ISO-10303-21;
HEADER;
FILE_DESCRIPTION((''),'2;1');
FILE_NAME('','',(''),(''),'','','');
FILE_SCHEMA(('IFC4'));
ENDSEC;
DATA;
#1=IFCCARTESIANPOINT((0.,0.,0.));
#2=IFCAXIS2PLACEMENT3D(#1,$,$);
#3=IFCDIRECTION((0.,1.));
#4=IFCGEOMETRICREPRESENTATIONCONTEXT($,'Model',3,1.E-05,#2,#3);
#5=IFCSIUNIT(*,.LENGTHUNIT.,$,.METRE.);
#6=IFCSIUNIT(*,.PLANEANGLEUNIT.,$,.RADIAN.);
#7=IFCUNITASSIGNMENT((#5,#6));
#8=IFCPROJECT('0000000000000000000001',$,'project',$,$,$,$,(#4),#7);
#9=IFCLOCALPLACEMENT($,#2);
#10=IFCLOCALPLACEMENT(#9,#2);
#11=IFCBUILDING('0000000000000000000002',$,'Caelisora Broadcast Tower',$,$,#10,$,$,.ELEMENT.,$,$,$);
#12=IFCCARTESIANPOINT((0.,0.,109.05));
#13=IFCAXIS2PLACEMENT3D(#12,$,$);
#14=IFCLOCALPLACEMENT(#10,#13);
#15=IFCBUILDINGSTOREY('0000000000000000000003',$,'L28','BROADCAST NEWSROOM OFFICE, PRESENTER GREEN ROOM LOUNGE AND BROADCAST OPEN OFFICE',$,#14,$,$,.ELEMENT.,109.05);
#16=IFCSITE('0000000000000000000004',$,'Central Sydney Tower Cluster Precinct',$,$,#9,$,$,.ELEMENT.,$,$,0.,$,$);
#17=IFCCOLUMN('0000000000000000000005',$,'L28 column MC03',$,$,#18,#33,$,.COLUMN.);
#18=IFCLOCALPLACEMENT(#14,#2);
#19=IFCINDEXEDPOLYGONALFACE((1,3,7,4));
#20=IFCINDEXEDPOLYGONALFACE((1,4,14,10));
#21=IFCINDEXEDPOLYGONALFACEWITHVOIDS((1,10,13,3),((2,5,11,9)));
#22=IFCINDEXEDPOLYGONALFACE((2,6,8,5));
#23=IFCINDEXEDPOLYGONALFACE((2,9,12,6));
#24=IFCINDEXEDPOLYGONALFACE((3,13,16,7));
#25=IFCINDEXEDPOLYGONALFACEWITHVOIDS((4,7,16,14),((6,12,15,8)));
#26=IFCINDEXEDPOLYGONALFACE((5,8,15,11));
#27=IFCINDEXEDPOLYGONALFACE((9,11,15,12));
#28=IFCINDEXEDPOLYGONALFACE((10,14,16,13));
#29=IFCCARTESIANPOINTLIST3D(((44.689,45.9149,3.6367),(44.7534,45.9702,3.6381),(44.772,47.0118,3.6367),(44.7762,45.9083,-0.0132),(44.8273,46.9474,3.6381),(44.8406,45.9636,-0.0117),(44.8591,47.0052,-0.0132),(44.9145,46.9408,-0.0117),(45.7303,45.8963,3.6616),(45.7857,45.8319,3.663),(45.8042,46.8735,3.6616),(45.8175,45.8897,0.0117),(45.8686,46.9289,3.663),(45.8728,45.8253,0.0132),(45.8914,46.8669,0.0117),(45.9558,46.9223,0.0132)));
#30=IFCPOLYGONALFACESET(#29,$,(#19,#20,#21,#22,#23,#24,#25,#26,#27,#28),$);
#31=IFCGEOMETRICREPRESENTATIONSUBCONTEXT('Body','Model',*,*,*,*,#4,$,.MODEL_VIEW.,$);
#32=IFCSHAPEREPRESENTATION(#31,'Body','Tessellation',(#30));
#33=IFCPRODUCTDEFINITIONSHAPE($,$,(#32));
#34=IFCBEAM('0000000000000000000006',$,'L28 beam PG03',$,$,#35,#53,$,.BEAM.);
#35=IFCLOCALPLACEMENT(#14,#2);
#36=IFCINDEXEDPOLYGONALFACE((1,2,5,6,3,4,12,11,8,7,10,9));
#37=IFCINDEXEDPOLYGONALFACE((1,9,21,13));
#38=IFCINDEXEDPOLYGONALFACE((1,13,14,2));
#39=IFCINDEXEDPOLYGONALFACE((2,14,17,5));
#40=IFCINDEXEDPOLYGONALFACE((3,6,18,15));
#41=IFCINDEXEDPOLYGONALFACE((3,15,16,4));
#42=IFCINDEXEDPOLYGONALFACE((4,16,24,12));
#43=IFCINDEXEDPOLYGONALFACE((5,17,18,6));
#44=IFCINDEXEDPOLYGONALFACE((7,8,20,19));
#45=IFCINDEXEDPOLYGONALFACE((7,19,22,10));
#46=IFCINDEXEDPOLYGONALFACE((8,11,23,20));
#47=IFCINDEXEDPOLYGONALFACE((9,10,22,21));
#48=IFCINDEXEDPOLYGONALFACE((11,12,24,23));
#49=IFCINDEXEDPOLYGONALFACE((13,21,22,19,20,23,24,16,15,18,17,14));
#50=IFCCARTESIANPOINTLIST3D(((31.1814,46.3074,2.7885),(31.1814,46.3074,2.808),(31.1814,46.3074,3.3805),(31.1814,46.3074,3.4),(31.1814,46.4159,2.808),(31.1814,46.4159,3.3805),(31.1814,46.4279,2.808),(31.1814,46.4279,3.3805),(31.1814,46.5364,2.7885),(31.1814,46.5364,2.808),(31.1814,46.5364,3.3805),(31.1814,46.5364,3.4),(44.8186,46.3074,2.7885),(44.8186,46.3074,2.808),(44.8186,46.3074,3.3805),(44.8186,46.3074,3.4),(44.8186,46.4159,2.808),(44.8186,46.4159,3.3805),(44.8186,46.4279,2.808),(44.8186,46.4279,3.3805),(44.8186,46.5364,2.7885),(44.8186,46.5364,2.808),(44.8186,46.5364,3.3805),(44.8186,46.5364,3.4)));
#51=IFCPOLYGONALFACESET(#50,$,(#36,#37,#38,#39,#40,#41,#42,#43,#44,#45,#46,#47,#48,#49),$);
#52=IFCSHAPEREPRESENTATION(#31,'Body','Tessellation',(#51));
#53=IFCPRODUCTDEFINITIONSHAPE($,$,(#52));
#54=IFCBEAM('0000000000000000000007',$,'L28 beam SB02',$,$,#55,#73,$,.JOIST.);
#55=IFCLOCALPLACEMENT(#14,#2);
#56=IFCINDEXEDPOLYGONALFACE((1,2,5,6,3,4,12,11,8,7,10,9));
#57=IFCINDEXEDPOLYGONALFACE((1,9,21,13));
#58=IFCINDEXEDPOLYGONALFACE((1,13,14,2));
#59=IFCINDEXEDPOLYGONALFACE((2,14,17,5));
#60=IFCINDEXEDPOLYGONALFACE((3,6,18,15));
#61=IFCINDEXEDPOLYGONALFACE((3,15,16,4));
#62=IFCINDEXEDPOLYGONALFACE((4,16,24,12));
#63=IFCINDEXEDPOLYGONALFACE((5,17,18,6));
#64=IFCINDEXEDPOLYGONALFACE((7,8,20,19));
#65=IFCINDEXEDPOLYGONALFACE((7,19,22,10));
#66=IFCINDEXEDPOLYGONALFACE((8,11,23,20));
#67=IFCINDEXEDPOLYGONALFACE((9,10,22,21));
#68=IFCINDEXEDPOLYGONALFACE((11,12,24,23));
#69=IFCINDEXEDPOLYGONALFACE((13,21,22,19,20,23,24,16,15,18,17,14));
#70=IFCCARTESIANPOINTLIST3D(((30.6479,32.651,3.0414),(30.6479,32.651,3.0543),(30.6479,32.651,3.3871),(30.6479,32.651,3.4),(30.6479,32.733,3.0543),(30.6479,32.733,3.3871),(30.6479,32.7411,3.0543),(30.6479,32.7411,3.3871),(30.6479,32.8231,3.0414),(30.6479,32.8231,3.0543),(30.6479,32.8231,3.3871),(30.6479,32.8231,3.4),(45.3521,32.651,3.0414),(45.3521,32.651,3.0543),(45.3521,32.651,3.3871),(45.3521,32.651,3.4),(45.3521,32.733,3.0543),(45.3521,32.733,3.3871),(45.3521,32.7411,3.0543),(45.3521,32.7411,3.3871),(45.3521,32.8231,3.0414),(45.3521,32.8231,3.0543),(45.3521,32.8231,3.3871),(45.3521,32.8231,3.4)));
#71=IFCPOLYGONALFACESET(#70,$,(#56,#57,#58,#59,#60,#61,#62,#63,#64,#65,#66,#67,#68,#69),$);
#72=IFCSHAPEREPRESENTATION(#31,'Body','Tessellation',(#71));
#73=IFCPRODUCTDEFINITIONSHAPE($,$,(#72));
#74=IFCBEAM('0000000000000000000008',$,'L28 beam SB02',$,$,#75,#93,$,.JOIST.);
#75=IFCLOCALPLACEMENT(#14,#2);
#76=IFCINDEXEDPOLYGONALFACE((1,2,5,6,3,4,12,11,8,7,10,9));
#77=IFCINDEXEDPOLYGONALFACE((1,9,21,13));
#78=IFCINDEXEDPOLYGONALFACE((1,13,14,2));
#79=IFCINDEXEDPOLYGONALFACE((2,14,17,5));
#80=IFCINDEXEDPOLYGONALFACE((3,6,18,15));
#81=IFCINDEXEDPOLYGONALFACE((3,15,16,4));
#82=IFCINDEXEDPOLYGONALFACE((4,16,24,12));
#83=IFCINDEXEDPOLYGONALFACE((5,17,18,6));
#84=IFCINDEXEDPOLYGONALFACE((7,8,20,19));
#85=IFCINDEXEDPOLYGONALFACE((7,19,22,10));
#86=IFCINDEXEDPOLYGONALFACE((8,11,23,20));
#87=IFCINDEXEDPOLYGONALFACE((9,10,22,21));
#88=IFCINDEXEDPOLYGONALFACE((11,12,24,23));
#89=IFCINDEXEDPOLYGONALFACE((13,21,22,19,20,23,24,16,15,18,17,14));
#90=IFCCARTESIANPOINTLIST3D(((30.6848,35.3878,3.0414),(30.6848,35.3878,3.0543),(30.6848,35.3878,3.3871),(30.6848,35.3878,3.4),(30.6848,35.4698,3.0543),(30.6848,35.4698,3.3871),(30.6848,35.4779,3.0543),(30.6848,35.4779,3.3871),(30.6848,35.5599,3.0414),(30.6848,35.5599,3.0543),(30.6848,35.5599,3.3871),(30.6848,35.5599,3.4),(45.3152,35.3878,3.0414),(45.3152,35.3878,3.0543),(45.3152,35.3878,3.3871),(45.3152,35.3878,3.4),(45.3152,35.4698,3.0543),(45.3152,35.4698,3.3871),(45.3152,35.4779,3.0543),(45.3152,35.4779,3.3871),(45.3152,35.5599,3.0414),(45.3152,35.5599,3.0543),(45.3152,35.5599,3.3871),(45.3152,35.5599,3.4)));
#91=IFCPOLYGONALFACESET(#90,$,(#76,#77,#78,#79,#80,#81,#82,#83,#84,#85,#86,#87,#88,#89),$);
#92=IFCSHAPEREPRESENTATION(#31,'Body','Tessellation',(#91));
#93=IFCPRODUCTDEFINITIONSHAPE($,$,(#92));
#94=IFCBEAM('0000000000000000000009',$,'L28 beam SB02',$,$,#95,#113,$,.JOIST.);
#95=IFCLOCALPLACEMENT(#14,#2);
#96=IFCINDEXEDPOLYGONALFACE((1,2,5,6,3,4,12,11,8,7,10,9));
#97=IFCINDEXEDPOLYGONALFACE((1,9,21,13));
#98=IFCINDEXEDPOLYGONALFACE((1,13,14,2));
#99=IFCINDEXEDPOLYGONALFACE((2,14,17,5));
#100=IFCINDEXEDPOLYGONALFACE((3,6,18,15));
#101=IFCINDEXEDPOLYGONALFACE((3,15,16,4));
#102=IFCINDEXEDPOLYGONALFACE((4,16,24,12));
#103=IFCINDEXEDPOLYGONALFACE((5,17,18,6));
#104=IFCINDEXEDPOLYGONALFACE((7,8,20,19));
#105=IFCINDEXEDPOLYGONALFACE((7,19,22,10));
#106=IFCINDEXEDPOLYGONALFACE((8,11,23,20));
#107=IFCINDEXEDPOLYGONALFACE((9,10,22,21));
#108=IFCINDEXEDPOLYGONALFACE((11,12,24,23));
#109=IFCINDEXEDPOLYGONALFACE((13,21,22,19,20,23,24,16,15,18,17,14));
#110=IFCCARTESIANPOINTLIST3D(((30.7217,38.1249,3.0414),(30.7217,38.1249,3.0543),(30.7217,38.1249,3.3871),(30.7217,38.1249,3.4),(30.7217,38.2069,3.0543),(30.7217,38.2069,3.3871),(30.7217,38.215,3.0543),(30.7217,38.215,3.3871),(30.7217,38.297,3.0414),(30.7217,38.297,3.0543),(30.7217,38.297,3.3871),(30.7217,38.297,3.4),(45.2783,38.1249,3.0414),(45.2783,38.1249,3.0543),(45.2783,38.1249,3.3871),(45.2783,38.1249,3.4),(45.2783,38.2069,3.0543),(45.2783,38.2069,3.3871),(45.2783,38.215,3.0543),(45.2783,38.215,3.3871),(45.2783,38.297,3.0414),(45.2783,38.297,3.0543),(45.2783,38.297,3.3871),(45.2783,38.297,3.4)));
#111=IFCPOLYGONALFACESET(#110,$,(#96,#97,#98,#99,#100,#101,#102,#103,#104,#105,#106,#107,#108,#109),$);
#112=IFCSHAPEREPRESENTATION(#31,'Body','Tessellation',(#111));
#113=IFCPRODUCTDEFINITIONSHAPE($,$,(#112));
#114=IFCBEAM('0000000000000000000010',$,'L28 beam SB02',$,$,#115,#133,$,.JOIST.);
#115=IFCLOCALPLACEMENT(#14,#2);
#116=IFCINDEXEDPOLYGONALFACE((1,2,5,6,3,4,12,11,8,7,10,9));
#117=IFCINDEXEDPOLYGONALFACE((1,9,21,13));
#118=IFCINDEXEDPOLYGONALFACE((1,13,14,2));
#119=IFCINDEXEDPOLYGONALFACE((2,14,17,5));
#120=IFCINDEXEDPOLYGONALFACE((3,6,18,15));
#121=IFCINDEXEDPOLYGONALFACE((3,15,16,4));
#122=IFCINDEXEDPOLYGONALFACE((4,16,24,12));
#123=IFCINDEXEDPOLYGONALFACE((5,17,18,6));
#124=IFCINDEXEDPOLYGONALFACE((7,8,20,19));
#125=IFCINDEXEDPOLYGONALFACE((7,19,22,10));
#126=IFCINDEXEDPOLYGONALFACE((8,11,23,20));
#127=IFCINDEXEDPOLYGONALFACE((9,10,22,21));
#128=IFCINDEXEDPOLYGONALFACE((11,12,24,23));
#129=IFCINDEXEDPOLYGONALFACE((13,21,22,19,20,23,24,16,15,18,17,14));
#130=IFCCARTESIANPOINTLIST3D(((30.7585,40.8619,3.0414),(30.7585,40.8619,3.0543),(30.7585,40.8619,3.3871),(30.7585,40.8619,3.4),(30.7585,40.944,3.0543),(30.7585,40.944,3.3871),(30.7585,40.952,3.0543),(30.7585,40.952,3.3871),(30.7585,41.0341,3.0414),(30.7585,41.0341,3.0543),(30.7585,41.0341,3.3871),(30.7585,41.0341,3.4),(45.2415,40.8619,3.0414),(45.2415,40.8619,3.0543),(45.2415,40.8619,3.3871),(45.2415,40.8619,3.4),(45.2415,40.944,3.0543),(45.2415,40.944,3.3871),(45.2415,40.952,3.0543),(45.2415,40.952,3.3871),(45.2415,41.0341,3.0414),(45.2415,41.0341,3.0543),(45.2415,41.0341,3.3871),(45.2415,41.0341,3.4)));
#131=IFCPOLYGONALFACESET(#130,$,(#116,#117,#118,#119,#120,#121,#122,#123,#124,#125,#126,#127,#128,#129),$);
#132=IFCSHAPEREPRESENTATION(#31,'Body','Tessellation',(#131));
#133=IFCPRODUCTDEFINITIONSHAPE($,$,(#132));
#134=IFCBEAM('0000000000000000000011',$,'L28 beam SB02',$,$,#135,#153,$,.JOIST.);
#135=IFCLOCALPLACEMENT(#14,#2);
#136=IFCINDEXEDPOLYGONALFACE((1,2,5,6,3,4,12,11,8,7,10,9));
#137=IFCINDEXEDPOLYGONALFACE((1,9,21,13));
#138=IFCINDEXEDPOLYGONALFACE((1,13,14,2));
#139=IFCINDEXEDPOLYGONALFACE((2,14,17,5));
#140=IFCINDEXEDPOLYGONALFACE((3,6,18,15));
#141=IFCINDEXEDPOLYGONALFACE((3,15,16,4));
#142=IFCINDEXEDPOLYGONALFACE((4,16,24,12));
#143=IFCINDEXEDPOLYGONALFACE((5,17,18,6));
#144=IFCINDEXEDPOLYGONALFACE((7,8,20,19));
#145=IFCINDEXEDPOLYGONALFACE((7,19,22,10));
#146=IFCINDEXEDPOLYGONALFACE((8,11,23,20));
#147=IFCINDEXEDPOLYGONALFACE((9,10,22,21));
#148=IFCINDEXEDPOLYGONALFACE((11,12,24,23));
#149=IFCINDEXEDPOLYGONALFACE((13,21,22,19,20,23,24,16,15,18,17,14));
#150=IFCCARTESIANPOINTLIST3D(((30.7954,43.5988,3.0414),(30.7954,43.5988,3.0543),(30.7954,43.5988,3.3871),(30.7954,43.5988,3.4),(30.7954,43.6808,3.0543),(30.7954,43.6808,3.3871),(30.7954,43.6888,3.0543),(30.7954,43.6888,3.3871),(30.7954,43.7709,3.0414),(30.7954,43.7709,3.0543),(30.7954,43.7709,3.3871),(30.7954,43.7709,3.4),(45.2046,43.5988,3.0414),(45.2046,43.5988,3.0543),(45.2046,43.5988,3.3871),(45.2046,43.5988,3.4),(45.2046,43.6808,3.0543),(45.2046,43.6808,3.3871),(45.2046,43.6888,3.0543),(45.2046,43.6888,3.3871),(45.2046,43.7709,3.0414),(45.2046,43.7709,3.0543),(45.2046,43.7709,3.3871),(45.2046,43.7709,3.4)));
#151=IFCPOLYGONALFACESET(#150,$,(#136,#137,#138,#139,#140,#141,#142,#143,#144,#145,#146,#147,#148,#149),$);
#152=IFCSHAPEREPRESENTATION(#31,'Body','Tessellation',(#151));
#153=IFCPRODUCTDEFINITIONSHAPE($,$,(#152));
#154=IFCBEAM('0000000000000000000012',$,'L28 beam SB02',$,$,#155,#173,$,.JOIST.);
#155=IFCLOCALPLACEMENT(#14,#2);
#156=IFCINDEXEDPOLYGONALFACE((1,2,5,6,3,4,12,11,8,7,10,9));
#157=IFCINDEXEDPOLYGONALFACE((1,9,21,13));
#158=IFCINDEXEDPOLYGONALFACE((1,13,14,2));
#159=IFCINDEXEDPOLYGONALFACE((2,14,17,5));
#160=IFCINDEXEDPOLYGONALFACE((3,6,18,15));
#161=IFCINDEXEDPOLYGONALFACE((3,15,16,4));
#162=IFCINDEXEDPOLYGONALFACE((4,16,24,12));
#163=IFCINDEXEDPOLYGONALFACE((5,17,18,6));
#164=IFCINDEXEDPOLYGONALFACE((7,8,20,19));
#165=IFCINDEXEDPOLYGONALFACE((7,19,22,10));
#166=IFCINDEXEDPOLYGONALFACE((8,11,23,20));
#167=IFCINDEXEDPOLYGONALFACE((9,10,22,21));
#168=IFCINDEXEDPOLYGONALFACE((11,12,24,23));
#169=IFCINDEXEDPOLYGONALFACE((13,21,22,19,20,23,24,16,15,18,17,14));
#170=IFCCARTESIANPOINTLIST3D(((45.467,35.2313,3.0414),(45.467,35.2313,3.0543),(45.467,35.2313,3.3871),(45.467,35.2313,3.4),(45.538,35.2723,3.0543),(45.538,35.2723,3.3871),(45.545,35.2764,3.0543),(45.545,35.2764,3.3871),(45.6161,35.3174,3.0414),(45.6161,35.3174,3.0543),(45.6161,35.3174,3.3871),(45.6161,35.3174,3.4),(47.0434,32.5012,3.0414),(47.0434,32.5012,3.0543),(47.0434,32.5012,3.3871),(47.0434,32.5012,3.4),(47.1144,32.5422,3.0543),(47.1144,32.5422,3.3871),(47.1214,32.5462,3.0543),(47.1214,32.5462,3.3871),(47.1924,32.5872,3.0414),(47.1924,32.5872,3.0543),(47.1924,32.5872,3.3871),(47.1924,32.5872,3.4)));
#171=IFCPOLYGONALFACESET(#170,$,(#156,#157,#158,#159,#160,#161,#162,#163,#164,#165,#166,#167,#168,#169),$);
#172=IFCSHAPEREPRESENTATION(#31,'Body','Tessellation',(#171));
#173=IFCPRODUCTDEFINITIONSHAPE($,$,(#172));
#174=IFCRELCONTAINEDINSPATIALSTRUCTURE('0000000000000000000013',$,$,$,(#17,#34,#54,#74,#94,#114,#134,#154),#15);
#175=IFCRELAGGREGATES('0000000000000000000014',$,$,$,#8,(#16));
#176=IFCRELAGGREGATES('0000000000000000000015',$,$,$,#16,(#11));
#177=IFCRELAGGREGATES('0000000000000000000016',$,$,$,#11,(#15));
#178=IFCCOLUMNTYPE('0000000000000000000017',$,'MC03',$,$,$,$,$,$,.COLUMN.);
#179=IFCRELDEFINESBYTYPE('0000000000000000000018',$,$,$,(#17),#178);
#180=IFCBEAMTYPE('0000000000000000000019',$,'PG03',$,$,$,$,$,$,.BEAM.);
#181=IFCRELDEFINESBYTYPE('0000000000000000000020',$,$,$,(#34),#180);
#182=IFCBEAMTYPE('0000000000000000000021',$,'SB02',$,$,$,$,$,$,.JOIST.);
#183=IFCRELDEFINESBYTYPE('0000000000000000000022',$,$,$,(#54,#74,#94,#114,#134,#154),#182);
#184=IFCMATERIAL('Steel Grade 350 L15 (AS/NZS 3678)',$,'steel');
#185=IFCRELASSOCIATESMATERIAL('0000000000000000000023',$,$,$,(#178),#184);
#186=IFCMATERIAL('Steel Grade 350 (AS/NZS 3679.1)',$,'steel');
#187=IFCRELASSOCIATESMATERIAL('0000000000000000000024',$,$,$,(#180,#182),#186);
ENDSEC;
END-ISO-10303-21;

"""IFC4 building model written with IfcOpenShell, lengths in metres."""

from ifc_helpers import new_model, si_unit, direction, frame, origin, origin_2d, place, context, subcontext, project, spatial, hollow_rectangle, i_section, extrude, source, transform, mapped, material, material_profile, profile_set, type_object, type_shapes, element, save


model = new_model("IFC4")

# Units and contexts
model_context = context("Model", 3, precision=1e-05, world=origin(), true_north=direction((0.0, 1.0)))
body_context = subcontext(model_context, "Body", "Model", "MODEL_VIEW")
ifc_project = project(units=[si_unit("LENGTHUNIT", "METRE"), si_unit("PLANEANGLEUNIT", "RADIAN")], contexts=[model_context])

# Site, building, storey
site_placement = place(None, origin())
site = spatial("IfcSite", under=ifc_project, at=site_placement, Name="Central Sydney Tower Cluster Precinct", CompositionType="ELEMENT", RefElevation=0.0)
building_placement = place(site_placement, origin())
building = spatial("IfcBuilding", under=site, at=building_placement, Name="Caelisora Broadcast Tower", CompositionType="ELEMENT")
storey_placement = place(building_placement, frame((0.0, 0.0, 109.05)))
storey = spatial("IfcBuildingStorey", under=building, at=storey_placement, Name="L28", Description="BROADCAST NEWSROOM OFFICE, PRESENTER GREEN ROOM LOUNGE AND BROADCAST OPEN OFFICE", CompositionType="ELEMENT", Elevation=109.05)

# Column
ifc_material_1 = material(Name="Steel Grade 350 L15 (AS/NZS 3678)", Category="steel")
ifc_material_profile_1 = material_profile(ifc_material_1, hollow_rectangle(XDim=1.1001, YDim=1.1001, WallThickness=0.0601, at=origin_2d()), Name="Steel Grade 350 L15 (AS/NZS 3678)")
ifc_profile_set_1 = profile_set([ifc_material_profile_1], Name="Steel Grade 350 L15 (AS/NZS 3678)")
column_type = type_object("IfcColumnType", Name="MC03", PredefinedType="COLUMN", material=ifc_profile_set_1)
shared_shape_1 = source(origin(), body_context, "Body", "SweptSolid", [
    extrude(hollow_rectangle(XDim=1.1001, YDim=1.1001, WallThickness=0.0601, at=origin_2d()), origin(), (0.0, 0.0, 1.0), 3.6509),
])
type_shapes(column_type, [shared_shape_1])
column_placement = place(storey_placement, frame((45.366, 46.4153, 0.0), z_axis=(-0.023873, 0.001806, 0.999713), x_axis=(-0.075415, -0.997152, 0.0)))
element("IfcColumn", 1, at=column_placement, inside=storey, type_object=column_type, Name="L28 column MC03", PredefinedType="COLUMN", context=body_context, shape_type="MappedRepresentation", body=[
    mapped(shared_shape_1, transform((0.0, 0.0, 0.0), scale=1.0)),
])

# Beams
ifc_material_2 = material(Name="Steel Grade 350 (AS/NZS 3679.1)", Category="steel")
ifc_material_profile_2 = material_profile(ifc_material_2, i_section(OverallWidth=0.229, OverallDepth=0.6116, WebThickness=0.012, FlangeThickness=0.0195, at=origin_2d()), Name="Steel Grade 350 (AS/NZS 3679.1)")
ifc_profile_set_2 = profile_set([ifc_material_profile_2], Name="Steel Grade 350 (AS/NZS 3679.1)")
beam_type_1 = type_object("IfcBeamType", Name="PG03", PredefinedType="BEAM", material=ifc_profile_set_2)
shared_shape_2 = source(origin(), body_context, "Body", "SweptSolid", [
    extrude(i_section(OverallWidth=0.229, OverallDepth=0.6116, WebThickness=0.012, FlangeThickness=0.0195, at=origin_2d()), origin(), (0.0, 0.0, 1.0), 13.6372),
])
type_shapes(beam_type_1, [shared_shape_2])
beam_1_placement = place(storey_placement, frame((44.8186, 46.4219, 3.0942), z_axis=(-1.0, 0.0, 0.0), x_axis=(0.0, -1.0, 0.0)))
element("IfcBeam", 2, at=beam_1_placement, inside=storey, type_object=beam_type_1, Name="L28 beam PG03", PredefinedType="BEAM", context=body_context, shape_type="MappedRepresentation", body=[
    mapped(shared_shape_2, transform((0.0, 0.0, 0.0), scale=1.0)),
])
ifc_material_profile_3 = material_profile(ifc_material_2, i_section(OverallWidth=0.1721, OverallDepth=0.3586, WebThickness=0.0081, FlangeThickness=0.0129, at=origin_2d()), Name="Steel Grade 350 (AS/NZS 3679.1)")
ifc_profile_set_3 = profile_set([ifc_material_profile_3], Name="Steel Grade 350 (AS/NZS 3679.1)")
beam_type_2 = type_object("IfcBeamType", Name="SB02", PredefinedType="JOIST", material=ifc_profile_set_3)
shared_shape_3 = source(origin(), body_context, "Body", "SweptSolid", [
    extrude(i_section(OverallWidth=0.1721, OverallDepth=0.3586, WebThickness=0.0081, FlangeThickness=0.0129, at=origin_2d()), origin(), (0.0, 0.0, 1.0), 14.7041),
])
beam_2_placement = place(storey_placement, frame((45.3521, 32.7371, 3.2207), z_axis=(-1.0, 0.0, 0.0), x_axis=(0.0, -1.0, 0.0)))
element("IfcBeam", 3, at=beam_2_placement, inside=storey, type_object=beam_type_2, Name="L28 beam SB02", PredefinedType="JOIST", context=body_context, shape_type="MappedRepresentation", body=[
    mapped(shared_shape_3, transform((0.0, 0.0, 0.0), scale=1.0)),
])
shared_shape_4 = source(origin(), body_context, "Body", "SweptSolid", [
    extrude(i_section(OverallWidth=0.1721, OverallDepth=0.3586, WebThickness=0.0081, FlangeThickness=0.0129, at=origin_2d()), origin(), (0.0, 0.0, 1.0), 14.6304),
])
beam_3_placement = place(storey_placement, frame((45.3152, 35.4739, 3.2207), z_axis=(-1.0, 0.0, 0.0), x_axis=(0.0, -1.0, 0.0)))
element("IfcBeam", 4, at=beam_3_placement, inside=storey, type_object=beam_type_2, Name="L28 beam SB02", PredefinedType="JOIST", context=body_context, shape_type="MappedRepresentation", body=[
    mapped(shared_shape_4, transform((0.0, 0.0, 0.0), scale=1.0)),
])
shared_shape_5 = source(origin(), body_context, "Body", "SweptSolid", [
    extrude(i_section(OverallWidth=0.1721, OverallDepth=0.3586, WebThickness=0.0081, FlangeThickness=0.0129, at=origin_2d()), origin(), (0.0, 0.0, 1.0), 14.5566),
])
beam_4_placement = place(storey_placement, frame((45.2783, 38.2109, 3.2207), z_axis=(-1.0, 0.0, 0.0), x_axis=(0.0, -1.0, 0.0)))
element("IfcBeam", 5, at=beam_4_placement, inside=storey, type_object=beam_type_2, Name="L28 beam SB02", PredefinedType="JOIST", context=body_context, shape_type="MappedRepresentation", body=[
    mapped(shared_shape_5, transform((0.0, 0.0, 0.0), scale=1.0)),
])
shared_shape_6 = source(origin(), body_context, "Body", "SweptSolid", [
    extrude(i_section(OverallWidth=0.1721, OverallDepth=0.3586, WebThickness=0.0081, FlangeThickness=0.0129, at=origin_2d()), origin(), (0.0, 0.0, 1.0), 14.4829),
])
beam_5_placement = place(storey_placement, frame((45.2415, 40.948, 3.2207), z_axis=(-1.0, 0.0, 0.0), x_axis=(0.0, -1.0, 0.0)))
element("IfcBeam", 6, at=beam_5_placement, inside=storey, type_object=beam_type_2, Name="L28 beam SB02", PredefinedType="JOIST", context=body_context, shape_type="MappedRepresentation", body=[
    mapped(shared_shape_6, transform((0.0, 0.0, 0.0), scale=1.0)),
])
shared_shape_7 = source(origin(), body_context, "Body", "SweptSolid", [
    extrude(i_section(OverallWidth=0.1721, OverallDepth=0.3586, WebThickness=0.0081, FlangeThickness=0.0129, at=origin_2d()), origin(), (0.0, 0.0, 1.0), 14.4092),
])
beam_6_placement = place(storey_placement, frame((45.2046, 43.6848, 3.2207), z_axis=(-1.0, 0.0, 0.0), x_axis=(0.0, -1.0, 0.0)))
element("IfcBeam", 7, at=beam_6_placement, inside=storey, type_object=beam_type_2, Name="L28 beam SB02", PredefinedType="JOIST", context=body_context, shape_type="MappedRepresentation", body=[
    mapped(shared_shape_7, transform((0.0, 0.0, 0.0), scale=1.0)),
])
shared_shape_8 = source(origin(), body_context, "Body", "SweptSolid", [
    extrude(i_section(OverallWidth=0.1721, OverallDepth=0.3586, WebThickness=0.0081, FlangeThickness=0.0129, at=origin_2d()), origin(), (0.0, 0.0, 1.0), 3.1526),
])
type_shapes(beam_type_2, [shared_shape_3, shared_shape_4, shared_shape_5, shared_shape_6, shared_shape_7, shared_shape_8])
beam_7_placement = place(storey_placement, frame((47.1179, 32.5442, 3.2207), z_axis=(-0.500029, 0.866009, 0.0), x_axis=(-0.866009, -0.500029, 0.0)))
element("IfcBeam", 8, at=beam_7_placement, inside=storey, type_object=beam_type_2, Name="L28 beam SB02", PredefinedType="JOIST", context=body_context, shape_type="MappedRepresentation", body=[
    mapped(shared_shape_8, transform((0.0, 0.0, 0.0), scale=1.0)),
])

save(model, "model.ifc")
